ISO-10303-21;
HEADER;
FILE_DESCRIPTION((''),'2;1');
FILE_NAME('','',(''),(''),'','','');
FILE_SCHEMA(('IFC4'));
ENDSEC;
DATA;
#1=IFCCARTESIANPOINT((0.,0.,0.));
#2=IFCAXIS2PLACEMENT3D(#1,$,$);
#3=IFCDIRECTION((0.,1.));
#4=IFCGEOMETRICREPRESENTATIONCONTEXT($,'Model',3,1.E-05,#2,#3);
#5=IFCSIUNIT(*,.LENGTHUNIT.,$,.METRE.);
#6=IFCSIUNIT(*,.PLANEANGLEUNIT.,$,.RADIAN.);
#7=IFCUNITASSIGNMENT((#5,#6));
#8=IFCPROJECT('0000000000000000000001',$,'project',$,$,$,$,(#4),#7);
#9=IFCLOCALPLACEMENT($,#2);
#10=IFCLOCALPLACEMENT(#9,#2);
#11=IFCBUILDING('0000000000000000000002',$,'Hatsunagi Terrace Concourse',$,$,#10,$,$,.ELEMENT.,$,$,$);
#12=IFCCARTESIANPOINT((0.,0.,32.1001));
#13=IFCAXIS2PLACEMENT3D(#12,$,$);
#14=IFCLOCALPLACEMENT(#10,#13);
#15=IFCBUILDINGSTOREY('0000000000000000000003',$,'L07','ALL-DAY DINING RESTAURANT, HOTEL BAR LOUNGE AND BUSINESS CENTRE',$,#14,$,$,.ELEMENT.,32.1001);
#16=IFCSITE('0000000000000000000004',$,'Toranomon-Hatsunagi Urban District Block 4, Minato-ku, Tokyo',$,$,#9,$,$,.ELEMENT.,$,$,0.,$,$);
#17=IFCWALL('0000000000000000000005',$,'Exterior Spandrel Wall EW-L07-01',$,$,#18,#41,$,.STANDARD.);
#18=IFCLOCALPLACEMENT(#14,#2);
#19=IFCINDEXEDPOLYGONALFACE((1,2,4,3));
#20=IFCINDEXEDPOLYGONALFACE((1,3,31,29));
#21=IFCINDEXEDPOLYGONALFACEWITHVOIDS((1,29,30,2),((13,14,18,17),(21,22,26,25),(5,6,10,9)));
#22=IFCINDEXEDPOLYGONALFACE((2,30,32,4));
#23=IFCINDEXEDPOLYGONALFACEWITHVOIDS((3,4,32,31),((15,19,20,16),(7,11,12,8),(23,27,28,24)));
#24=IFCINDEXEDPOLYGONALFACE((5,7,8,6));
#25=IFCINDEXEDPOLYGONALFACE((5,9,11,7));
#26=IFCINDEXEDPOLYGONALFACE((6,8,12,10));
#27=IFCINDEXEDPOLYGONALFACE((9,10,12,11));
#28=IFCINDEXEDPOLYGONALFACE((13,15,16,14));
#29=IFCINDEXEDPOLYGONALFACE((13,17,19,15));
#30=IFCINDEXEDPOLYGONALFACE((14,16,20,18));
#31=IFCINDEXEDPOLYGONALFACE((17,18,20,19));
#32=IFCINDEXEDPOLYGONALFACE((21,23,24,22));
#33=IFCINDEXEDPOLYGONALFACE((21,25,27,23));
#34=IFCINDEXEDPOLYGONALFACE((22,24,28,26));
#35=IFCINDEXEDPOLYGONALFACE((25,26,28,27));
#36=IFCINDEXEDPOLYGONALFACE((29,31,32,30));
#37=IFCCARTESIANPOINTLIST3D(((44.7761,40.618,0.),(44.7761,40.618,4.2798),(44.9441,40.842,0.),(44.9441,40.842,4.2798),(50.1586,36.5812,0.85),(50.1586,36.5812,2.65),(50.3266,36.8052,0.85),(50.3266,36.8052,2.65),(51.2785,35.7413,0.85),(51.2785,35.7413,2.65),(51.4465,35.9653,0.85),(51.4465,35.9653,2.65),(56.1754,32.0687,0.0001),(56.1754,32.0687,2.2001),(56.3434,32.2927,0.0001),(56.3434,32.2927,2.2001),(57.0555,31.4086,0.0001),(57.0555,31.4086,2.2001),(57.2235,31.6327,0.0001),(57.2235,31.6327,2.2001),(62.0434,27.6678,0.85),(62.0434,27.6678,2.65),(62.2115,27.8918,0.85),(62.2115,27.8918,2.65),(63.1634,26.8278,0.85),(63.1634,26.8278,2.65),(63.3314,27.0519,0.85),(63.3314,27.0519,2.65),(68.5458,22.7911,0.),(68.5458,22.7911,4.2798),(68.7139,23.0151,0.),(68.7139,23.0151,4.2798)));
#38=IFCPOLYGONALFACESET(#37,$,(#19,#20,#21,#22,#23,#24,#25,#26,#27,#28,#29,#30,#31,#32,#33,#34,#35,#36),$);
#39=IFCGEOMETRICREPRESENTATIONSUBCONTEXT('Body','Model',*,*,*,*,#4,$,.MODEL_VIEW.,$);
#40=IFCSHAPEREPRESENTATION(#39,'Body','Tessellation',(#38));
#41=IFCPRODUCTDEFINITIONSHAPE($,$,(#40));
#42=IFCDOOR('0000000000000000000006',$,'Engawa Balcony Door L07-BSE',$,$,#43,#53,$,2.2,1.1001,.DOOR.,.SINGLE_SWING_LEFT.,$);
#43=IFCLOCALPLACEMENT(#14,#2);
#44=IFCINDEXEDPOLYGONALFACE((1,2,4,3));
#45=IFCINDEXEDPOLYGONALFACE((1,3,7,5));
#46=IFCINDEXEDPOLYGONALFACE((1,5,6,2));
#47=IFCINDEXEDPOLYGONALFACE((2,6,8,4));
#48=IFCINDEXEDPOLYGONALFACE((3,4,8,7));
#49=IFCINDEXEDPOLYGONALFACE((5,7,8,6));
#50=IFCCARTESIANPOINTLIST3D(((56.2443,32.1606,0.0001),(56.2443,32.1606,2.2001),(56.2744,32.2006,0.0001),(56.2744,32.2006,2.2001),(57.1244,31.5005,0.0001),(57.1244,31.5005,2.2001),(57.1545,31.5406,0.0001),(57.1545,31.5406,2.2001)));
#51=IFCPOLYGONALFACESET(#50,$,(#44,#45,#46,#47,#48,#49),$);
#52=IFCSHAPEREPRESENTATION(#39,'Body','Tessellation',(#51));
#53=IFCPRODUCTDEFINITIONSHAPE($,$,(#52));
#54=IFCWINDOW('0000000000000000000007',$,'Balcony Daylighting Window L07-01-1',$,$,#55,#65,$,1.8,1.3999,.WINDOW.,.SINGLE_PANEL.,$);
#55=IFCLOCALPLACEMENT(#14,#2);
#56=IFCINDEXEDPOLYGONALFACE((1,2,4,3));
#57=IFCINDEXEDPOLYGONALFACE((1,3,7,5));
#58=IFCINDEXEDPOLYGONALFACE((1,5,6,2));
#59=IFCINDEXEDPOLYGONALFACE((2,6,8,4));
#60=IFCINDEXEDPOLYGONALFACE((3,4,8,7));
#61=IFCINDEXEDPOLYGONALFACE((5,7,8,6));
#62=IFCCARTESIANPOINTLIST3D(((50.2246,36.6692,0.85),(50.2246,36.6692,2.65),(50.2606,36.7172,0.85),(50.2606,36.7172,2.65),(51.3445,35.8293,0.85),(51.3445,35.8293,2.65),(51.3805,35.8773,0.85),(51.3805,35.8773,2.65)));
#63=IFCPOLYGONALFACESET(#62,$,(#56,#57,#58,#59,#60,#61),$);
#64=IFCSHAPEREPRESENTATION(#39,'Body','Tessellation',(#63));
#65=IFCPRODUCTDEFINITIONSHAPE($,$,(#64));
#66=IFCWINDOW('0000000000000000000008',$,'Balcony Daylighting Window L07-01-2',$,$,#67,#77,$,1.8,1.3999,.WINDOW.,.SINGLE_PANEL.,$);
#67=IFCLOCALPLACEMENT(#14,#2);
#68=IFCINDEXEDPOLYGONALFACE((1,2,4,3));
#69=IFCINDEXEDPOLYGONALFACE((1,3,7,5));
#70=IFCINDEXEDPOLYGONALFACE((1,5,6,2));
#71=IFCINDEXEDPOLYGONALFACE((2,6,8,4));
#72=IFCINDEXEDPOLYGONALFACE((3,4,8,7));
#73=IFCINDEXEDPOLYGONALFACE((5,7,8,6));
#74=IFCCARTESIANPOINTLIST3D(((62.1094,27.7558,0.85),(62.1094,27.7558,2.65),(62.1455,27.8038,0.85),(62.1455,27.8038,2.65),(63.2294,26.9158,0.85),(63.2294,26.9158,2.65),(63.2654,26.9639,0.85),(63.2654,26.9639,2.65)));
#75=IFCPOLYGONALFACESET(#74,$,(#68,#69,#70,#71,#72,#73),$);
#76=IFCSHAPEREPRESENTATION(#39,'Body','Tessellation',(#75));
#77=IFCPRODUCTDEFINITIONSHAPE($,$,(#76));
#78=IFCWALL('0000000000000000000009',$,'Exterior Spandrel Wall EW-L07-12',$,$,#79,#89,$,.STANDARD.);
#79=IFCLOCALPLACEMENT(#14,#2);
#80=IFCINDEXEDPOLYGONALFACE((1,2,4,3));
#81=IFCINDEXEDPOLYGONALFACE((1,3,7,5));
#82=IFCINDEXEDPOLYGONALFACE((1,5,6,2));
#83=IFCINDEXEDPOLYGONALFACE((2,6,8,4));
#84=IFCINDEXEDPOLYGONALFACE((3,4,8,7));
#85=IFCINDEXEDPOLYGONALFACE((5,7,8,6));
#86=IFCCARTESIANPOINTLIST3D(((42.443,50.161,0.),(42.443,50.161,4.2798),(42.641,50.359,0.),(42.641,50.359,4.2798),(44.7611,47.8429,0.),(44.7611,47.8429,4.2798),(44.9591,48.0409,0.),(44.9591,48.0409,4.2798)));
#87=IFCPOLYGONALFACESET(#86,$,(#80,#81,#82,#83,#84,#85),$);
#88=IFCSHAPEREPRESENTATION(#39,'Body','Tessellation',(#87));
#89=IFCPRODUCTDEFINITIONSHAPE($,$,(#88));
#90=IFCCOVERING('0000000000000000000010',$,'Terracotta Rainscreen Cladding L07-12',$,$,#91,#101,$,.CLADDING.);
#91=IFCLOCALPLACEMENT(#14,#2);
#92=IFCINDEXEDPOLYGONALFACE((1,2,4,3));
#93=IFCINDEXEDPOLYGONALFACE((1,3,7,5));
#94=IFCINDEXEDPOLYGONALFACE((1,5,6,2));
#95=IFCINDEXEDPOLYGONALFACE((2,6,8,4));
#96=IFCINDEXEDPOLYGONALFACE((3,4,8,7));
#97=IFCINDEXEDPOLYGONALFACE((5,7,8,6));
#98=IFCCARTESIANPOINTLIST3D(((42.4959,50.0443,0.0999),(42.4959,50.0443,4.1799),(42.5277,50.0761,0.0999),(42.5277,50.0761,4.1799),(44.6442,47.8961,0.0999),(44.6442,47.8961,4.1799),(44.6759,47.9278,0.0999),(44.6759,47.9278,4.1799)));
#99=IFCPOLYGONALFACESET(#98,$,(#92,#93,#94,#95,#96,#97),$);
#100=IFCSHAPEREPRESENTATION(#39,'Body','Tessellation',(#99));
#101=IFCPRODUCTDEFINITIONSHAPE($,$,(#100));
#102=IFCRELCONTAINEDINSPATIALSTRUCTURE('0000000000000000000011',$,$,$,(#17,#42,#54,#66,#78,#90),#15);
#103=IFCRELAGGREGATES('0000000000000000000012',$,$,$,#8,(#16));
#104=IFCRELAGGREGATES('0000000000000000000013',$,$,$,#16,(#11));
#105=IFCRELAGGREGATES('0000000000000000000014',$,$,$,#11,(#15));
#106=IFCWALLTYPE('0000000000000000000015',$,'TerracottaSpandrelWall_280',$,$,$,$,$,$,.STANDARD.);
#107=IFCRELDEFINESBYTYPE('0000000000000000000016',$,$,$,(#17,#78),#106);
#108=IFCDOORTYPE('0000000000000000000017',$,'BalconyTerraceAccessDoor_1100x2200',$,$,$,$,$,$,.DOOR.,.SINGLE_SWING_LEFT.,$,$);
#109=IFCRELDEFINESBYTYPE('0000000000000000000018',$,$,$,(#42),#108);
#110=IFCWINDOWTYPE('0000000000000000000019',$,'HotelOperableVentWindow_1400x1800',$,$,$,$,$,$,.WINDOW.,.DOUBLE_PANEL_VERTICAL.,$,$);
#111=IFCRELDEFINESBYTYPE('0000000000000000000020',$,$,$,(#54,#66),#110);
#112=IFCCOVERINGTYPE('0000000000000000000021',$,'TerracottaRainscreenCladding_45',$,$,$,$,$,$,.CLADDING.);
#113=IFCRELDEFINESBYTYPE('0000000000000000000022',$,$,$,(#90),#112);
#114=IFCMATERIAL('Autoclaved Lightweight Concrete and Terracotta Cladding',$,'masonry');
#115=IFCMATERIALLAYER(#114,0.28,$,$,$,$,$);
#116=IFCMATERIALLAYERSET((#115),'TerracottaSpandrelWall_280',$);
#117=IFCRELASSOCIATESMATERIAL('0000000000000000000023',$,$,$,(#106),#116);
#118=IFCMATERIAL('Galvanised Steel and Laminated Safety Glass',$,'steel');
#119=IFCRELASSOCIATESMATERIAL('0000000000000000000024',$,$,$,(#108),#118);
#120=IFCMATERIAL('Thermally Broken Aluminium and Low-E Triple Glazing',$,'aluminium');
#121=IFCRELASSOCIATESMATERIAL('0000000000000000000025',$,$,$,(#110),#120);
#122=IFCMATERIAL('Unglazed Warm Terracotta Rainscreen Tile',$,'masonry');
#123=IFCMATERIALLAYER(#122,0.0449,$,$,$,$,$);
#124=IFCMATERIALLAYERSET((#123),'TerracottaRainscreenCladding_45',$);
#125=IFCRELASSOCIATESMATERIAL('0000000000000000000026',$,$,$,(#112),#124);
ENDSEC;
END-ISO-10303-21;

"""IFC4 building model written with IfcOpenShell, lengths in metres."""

from ifc_helpers import new_model, si_unit, direction, frame, frame_2d, origin, origin_2d, place, context, subcontext, project, spatial, rectangle, extrude, material, layer, layer_set, type_object, element, fill, save


model = new_model("IFC4")

# Units and contexts
model_context = context("Model", 3, precision=1e-05, world=origin(), true_north=direction((0.0, 1.0)))
body_context = subcontext(model_context, "Body", "Model", "MODEL_VIEW")
ifc_project = project(units=[si_unit("LENGTHUNIT", "METRE"), si_unit("PLANEANGLEUNIT", "RADIAN")], contexts=[model_context])

# Site, building, storey
site_placement = place(None, origin())
site = spatial("IfcSite", under=ifc_project, at=site_placement, Name="Toranomon-Hatsunagi Urban District Block 4, Minato-ku, Tokyo", CompositionType="ELEMENT", RefElevation=0.0)
building_placement = place(site_placement, origin())
building = spatial("IfcBuilding", under=site, at=building_placement, Name="Hatsunagi Terrace Concourse", CompositionType="ELEMENT")
storey_placement = place(building_placement, frame((0.0, 0.0, 32.1001)))
storey = spatial("IfcBuildingStorey", under=building, at=storey_placement, Name="L07", Description="ALL-DAY DINING RESTAURANT, HOTEL BAR LOUNGE AND BUSINESS CENTRE", CompositionType="ELEMENT", Elevation=32.1001)

# Wall, openings, door, windows
ifc_material_1 = material(Name="Autoclaved Lightweight Concrete and Terracotta Cladding", Category="masonry")
ifc_layer_1 = layer(ifc_material_1, 0.28)
ifc_layer_set_1 = layer_set([ifc_layer_1], Name="TerracottaSpandrelWall_280")
wall_type_1 = type_object("IfcWallType", Name="TerracottaSpandrelWall_280", PredefinedType="STANDARD", material=ifc_layer_set_1)
wall_1_placement = place(storey_placement, frame((44.8601, 40.73, 0.0), z_axis=(0.0, 0.0, 1.0), x_axis=(0.800007, -0.599991, 0.0)))
wall_1 = element("IfcWall", 1, at=wall_1_placement, inside=storey, type_object=wall_type_1, Name="Exterior Spandrel Wall EW-L07-01", PredefinedType="STANDARD", context=body_context, shape_type="SweptSolid", body=[
    extrude(rectangle(XDim=29.7119, YDim=0.28, at=frame_2d((14.856, 0.0))), origin(), (0.0, 0.0, 1.0), 4.2798),
])
opening_1_placement = place(wall_1_placement, frame((14.249, 0.0, 0.0)))
opening_1 = element("IfcOpeningElement", 2, at=opening_1_placement, cuts=wall_1, PredefinedType="OPENING", context=body_context, shape_type="SweptSolid", body=[
    extrude(rectangle(XDim=1.1001, YDim=2.2, at=frame_2d((0.55, 1.1001))), frame((0.0, 0.1499, 0.0), z_axis=(0.0, -1.0, 0.0), x_axis=(1.0, 0.0, 0.0)), (0.0, 0.0, 1.0), 0.3),
])
opening_2_placement = place(wall_1_placement, frame((6.728, 0.0, 0.8501)))
opening_2 = element("IfcOpeningElement", 3, at=opening_2_placement, cuts=wall_1, PredefinedType="OPENING", context=body_context, shape_type="SweptSolid", body=[
    extrude(rectangle(XDim=1.3999, YDim=1.8, at=frame_2d((0.7, 0.8999))), frame((0.0, 0.1499, 0.0), z_axis=(0.0, -1.0, 0.0), x_axis=(1.0, 0.0, 0.0)), (0.0, 0.0, 1.0), 0.3),
])
opening_3_placement = place(wall_1_placement, frame((21.584, 0.0, 0.8501)))
opening_3 = element("IfcOpeningElement", 4, at=opening_3_placement, cuts=wall_1, PredefinedType="OPENING", context=body_context, shape_type="SweptSolid", body=[
    extrude(rectangle(XDim=1.3999, YDim=1.8, at=frame_2d((0.7, 0.8999))), frame((0.0, 0.1499, 0.0), z_axis=(0.0, -1.0, 0.0), x_axis=(1.0, 0.0, 0.0)), (0.0, 0.0, 1.0), 0.3),
])
ifc_material_2 = material(Name="Galvanised Steel and Laminated Safety Glass", Category="steel")
door_type = type_object("IfcDoorType", Name="BalconyTerraceAccessDoor_1100x2200", OperationType="SINGLE_SWING_LEFT", PredefinedType="DOOR", material=ifc_material_2)
door_placement = place(opening_1_placement, origin())
door = element("IfcDoor", 5, at=door_placement, inside=storey, type_object=door_type, Name="Engawa Balcony Door L07-BSE", OperationType="SINGLE_SWING_LEFT", OverallHeight=2.2, OverallWidth=1.1001, PredefinedType="DOOR", context=body_context, shape_type="SweptSolid", body=[
    extrude(rectangle(XDim=1.1001, YDim=2.2, at=frame_2d((0.55, 1.1001))), frame((0.0, 0.0249, 0.0), z_axis=(0.0, -1.0, 0.0), x_axis=(1.0, 0.0, 0.0)), (0.0, 0.0, 1.0), 0.05),
])
fill(opening_1, door)
ifc_material_3 = material(Name="Thermally Broken Aluminium and Low-E Triple Glazing", Category="aluminium")
window_type = type_object("IfcWindowType", Name="HotelOperableVentWindow_1400x1800", PartitioningType="DOUBLE_PANEL_VERTICAL", PredefinedType="WINDOW", material=ifc_material_3)
window_1_placement = place(opening_2_placement, origin())
window_1 = element("IfcWindow", 6, at=window_1_placement, inside=storey, type_object=window_type, Name="Balcony Daylighting Window L07-01-1", OverallHeight=1.8, OverallWidth=1.3999, PartitioningType="SINGLE_PANEL", PredefinedType="WINDOW", context=body_context, shape_type="SweptSolid", body=[
    extrude(rectangle(XDim=1.3999, YDim=1.8, at=frame_2d((0.7, 0.8999))), frame((0.0, 0.03, 0.0), z_axis=(0.0, -1.0, 0.0), x_axis=(1.0, 0.0, 0.0)), (0.0, 0.0, 1.0), 0.0601),
])
fill(opening_2, window_1)
window_2_placement = place(opening_3_placement, origin())
window_2 = element("IfcWindow", 7, at=window_2_placement, inside=storey, type_object=window_type, Name="Balcony Daylighting Window L07-01-2", OverallHeight=1.8, OverallWidth=1.3999, PartitioningType="SINGLE_PANEL", PredefinedType="WINDOW", context=body_context, shape_type="SweptSolid", body=[
    extrude(rectangle(XDim=1.3999, YDim=1.8, at=frame_2d((0.7, 0.8999))), frame((0.0, 0.03, 0.0), z_axis=(0.0, -1.0, 0.0), x_axis=(1.0, 0.0, 0.0)), (0.0, 0.0, 1.0), 0.0601),
])
fill(opening_3, window_2)

# Wall
wall_2_placement = place(storey_placement, frame((42.542, 50.26, 0.0), z_axis=(0.0, 0.0, 1.0), x_axis=(0.707107, -0.707107, 0.0)))
element("IfcWall", 8, at=wall_2_placement, inside=storey, type_object=wall_type_1, Name="Exterior Spandrel Wall EW-L07-12", PredefinedType="STANDARD", context=body_context, shape_type="SweptSolid", body=[
    extrude(rectangle(XDim=3.2783, YDim=0.28, at=frame_2d((1.6392, 0.0))), origin(), (0.0, 0.0, 1.0), 4.2798),
])

# Covering
ifc_material_4 = material(Name="Unglazed Warm Terracotta Rainscreen Tile", Category="masonry")
ifc_layer_2 = layer(ifc_material_4, 0.0449)
ifc_layer_set_2 = layer_set([ifc_layer_2], Name="TerracottaRainscreenCladding_45")
covering_type = type_object("IfcCoveringType", Name="TerracottaRainscreenCladding_45", PredefinedType="CLADDING", material=ifc_layer_set_2)
covering_placement = place(storey_placement, frame((43.5859, 48.9861, 0.0999), z_axis=(0.0, 0.0, 1.0), x_axis=(0.707107, -0.707107, 0.0)))
element("IfcCovering", 9, at=covering_placement, inside=storey, type_object=covering_type, Name="Terracotta Rainscreen Cladding L07-12", PredefinedType="CLADDING", context=body_context, shape_type="SweptSolid", body=[
    extrude(rectangle(XDim=3.0381, YDim=0.0449, at=origin_2d()), origin(), (0.0, 0.0, 1.0), 4.0801),
])

save(model, "model.ifc")
